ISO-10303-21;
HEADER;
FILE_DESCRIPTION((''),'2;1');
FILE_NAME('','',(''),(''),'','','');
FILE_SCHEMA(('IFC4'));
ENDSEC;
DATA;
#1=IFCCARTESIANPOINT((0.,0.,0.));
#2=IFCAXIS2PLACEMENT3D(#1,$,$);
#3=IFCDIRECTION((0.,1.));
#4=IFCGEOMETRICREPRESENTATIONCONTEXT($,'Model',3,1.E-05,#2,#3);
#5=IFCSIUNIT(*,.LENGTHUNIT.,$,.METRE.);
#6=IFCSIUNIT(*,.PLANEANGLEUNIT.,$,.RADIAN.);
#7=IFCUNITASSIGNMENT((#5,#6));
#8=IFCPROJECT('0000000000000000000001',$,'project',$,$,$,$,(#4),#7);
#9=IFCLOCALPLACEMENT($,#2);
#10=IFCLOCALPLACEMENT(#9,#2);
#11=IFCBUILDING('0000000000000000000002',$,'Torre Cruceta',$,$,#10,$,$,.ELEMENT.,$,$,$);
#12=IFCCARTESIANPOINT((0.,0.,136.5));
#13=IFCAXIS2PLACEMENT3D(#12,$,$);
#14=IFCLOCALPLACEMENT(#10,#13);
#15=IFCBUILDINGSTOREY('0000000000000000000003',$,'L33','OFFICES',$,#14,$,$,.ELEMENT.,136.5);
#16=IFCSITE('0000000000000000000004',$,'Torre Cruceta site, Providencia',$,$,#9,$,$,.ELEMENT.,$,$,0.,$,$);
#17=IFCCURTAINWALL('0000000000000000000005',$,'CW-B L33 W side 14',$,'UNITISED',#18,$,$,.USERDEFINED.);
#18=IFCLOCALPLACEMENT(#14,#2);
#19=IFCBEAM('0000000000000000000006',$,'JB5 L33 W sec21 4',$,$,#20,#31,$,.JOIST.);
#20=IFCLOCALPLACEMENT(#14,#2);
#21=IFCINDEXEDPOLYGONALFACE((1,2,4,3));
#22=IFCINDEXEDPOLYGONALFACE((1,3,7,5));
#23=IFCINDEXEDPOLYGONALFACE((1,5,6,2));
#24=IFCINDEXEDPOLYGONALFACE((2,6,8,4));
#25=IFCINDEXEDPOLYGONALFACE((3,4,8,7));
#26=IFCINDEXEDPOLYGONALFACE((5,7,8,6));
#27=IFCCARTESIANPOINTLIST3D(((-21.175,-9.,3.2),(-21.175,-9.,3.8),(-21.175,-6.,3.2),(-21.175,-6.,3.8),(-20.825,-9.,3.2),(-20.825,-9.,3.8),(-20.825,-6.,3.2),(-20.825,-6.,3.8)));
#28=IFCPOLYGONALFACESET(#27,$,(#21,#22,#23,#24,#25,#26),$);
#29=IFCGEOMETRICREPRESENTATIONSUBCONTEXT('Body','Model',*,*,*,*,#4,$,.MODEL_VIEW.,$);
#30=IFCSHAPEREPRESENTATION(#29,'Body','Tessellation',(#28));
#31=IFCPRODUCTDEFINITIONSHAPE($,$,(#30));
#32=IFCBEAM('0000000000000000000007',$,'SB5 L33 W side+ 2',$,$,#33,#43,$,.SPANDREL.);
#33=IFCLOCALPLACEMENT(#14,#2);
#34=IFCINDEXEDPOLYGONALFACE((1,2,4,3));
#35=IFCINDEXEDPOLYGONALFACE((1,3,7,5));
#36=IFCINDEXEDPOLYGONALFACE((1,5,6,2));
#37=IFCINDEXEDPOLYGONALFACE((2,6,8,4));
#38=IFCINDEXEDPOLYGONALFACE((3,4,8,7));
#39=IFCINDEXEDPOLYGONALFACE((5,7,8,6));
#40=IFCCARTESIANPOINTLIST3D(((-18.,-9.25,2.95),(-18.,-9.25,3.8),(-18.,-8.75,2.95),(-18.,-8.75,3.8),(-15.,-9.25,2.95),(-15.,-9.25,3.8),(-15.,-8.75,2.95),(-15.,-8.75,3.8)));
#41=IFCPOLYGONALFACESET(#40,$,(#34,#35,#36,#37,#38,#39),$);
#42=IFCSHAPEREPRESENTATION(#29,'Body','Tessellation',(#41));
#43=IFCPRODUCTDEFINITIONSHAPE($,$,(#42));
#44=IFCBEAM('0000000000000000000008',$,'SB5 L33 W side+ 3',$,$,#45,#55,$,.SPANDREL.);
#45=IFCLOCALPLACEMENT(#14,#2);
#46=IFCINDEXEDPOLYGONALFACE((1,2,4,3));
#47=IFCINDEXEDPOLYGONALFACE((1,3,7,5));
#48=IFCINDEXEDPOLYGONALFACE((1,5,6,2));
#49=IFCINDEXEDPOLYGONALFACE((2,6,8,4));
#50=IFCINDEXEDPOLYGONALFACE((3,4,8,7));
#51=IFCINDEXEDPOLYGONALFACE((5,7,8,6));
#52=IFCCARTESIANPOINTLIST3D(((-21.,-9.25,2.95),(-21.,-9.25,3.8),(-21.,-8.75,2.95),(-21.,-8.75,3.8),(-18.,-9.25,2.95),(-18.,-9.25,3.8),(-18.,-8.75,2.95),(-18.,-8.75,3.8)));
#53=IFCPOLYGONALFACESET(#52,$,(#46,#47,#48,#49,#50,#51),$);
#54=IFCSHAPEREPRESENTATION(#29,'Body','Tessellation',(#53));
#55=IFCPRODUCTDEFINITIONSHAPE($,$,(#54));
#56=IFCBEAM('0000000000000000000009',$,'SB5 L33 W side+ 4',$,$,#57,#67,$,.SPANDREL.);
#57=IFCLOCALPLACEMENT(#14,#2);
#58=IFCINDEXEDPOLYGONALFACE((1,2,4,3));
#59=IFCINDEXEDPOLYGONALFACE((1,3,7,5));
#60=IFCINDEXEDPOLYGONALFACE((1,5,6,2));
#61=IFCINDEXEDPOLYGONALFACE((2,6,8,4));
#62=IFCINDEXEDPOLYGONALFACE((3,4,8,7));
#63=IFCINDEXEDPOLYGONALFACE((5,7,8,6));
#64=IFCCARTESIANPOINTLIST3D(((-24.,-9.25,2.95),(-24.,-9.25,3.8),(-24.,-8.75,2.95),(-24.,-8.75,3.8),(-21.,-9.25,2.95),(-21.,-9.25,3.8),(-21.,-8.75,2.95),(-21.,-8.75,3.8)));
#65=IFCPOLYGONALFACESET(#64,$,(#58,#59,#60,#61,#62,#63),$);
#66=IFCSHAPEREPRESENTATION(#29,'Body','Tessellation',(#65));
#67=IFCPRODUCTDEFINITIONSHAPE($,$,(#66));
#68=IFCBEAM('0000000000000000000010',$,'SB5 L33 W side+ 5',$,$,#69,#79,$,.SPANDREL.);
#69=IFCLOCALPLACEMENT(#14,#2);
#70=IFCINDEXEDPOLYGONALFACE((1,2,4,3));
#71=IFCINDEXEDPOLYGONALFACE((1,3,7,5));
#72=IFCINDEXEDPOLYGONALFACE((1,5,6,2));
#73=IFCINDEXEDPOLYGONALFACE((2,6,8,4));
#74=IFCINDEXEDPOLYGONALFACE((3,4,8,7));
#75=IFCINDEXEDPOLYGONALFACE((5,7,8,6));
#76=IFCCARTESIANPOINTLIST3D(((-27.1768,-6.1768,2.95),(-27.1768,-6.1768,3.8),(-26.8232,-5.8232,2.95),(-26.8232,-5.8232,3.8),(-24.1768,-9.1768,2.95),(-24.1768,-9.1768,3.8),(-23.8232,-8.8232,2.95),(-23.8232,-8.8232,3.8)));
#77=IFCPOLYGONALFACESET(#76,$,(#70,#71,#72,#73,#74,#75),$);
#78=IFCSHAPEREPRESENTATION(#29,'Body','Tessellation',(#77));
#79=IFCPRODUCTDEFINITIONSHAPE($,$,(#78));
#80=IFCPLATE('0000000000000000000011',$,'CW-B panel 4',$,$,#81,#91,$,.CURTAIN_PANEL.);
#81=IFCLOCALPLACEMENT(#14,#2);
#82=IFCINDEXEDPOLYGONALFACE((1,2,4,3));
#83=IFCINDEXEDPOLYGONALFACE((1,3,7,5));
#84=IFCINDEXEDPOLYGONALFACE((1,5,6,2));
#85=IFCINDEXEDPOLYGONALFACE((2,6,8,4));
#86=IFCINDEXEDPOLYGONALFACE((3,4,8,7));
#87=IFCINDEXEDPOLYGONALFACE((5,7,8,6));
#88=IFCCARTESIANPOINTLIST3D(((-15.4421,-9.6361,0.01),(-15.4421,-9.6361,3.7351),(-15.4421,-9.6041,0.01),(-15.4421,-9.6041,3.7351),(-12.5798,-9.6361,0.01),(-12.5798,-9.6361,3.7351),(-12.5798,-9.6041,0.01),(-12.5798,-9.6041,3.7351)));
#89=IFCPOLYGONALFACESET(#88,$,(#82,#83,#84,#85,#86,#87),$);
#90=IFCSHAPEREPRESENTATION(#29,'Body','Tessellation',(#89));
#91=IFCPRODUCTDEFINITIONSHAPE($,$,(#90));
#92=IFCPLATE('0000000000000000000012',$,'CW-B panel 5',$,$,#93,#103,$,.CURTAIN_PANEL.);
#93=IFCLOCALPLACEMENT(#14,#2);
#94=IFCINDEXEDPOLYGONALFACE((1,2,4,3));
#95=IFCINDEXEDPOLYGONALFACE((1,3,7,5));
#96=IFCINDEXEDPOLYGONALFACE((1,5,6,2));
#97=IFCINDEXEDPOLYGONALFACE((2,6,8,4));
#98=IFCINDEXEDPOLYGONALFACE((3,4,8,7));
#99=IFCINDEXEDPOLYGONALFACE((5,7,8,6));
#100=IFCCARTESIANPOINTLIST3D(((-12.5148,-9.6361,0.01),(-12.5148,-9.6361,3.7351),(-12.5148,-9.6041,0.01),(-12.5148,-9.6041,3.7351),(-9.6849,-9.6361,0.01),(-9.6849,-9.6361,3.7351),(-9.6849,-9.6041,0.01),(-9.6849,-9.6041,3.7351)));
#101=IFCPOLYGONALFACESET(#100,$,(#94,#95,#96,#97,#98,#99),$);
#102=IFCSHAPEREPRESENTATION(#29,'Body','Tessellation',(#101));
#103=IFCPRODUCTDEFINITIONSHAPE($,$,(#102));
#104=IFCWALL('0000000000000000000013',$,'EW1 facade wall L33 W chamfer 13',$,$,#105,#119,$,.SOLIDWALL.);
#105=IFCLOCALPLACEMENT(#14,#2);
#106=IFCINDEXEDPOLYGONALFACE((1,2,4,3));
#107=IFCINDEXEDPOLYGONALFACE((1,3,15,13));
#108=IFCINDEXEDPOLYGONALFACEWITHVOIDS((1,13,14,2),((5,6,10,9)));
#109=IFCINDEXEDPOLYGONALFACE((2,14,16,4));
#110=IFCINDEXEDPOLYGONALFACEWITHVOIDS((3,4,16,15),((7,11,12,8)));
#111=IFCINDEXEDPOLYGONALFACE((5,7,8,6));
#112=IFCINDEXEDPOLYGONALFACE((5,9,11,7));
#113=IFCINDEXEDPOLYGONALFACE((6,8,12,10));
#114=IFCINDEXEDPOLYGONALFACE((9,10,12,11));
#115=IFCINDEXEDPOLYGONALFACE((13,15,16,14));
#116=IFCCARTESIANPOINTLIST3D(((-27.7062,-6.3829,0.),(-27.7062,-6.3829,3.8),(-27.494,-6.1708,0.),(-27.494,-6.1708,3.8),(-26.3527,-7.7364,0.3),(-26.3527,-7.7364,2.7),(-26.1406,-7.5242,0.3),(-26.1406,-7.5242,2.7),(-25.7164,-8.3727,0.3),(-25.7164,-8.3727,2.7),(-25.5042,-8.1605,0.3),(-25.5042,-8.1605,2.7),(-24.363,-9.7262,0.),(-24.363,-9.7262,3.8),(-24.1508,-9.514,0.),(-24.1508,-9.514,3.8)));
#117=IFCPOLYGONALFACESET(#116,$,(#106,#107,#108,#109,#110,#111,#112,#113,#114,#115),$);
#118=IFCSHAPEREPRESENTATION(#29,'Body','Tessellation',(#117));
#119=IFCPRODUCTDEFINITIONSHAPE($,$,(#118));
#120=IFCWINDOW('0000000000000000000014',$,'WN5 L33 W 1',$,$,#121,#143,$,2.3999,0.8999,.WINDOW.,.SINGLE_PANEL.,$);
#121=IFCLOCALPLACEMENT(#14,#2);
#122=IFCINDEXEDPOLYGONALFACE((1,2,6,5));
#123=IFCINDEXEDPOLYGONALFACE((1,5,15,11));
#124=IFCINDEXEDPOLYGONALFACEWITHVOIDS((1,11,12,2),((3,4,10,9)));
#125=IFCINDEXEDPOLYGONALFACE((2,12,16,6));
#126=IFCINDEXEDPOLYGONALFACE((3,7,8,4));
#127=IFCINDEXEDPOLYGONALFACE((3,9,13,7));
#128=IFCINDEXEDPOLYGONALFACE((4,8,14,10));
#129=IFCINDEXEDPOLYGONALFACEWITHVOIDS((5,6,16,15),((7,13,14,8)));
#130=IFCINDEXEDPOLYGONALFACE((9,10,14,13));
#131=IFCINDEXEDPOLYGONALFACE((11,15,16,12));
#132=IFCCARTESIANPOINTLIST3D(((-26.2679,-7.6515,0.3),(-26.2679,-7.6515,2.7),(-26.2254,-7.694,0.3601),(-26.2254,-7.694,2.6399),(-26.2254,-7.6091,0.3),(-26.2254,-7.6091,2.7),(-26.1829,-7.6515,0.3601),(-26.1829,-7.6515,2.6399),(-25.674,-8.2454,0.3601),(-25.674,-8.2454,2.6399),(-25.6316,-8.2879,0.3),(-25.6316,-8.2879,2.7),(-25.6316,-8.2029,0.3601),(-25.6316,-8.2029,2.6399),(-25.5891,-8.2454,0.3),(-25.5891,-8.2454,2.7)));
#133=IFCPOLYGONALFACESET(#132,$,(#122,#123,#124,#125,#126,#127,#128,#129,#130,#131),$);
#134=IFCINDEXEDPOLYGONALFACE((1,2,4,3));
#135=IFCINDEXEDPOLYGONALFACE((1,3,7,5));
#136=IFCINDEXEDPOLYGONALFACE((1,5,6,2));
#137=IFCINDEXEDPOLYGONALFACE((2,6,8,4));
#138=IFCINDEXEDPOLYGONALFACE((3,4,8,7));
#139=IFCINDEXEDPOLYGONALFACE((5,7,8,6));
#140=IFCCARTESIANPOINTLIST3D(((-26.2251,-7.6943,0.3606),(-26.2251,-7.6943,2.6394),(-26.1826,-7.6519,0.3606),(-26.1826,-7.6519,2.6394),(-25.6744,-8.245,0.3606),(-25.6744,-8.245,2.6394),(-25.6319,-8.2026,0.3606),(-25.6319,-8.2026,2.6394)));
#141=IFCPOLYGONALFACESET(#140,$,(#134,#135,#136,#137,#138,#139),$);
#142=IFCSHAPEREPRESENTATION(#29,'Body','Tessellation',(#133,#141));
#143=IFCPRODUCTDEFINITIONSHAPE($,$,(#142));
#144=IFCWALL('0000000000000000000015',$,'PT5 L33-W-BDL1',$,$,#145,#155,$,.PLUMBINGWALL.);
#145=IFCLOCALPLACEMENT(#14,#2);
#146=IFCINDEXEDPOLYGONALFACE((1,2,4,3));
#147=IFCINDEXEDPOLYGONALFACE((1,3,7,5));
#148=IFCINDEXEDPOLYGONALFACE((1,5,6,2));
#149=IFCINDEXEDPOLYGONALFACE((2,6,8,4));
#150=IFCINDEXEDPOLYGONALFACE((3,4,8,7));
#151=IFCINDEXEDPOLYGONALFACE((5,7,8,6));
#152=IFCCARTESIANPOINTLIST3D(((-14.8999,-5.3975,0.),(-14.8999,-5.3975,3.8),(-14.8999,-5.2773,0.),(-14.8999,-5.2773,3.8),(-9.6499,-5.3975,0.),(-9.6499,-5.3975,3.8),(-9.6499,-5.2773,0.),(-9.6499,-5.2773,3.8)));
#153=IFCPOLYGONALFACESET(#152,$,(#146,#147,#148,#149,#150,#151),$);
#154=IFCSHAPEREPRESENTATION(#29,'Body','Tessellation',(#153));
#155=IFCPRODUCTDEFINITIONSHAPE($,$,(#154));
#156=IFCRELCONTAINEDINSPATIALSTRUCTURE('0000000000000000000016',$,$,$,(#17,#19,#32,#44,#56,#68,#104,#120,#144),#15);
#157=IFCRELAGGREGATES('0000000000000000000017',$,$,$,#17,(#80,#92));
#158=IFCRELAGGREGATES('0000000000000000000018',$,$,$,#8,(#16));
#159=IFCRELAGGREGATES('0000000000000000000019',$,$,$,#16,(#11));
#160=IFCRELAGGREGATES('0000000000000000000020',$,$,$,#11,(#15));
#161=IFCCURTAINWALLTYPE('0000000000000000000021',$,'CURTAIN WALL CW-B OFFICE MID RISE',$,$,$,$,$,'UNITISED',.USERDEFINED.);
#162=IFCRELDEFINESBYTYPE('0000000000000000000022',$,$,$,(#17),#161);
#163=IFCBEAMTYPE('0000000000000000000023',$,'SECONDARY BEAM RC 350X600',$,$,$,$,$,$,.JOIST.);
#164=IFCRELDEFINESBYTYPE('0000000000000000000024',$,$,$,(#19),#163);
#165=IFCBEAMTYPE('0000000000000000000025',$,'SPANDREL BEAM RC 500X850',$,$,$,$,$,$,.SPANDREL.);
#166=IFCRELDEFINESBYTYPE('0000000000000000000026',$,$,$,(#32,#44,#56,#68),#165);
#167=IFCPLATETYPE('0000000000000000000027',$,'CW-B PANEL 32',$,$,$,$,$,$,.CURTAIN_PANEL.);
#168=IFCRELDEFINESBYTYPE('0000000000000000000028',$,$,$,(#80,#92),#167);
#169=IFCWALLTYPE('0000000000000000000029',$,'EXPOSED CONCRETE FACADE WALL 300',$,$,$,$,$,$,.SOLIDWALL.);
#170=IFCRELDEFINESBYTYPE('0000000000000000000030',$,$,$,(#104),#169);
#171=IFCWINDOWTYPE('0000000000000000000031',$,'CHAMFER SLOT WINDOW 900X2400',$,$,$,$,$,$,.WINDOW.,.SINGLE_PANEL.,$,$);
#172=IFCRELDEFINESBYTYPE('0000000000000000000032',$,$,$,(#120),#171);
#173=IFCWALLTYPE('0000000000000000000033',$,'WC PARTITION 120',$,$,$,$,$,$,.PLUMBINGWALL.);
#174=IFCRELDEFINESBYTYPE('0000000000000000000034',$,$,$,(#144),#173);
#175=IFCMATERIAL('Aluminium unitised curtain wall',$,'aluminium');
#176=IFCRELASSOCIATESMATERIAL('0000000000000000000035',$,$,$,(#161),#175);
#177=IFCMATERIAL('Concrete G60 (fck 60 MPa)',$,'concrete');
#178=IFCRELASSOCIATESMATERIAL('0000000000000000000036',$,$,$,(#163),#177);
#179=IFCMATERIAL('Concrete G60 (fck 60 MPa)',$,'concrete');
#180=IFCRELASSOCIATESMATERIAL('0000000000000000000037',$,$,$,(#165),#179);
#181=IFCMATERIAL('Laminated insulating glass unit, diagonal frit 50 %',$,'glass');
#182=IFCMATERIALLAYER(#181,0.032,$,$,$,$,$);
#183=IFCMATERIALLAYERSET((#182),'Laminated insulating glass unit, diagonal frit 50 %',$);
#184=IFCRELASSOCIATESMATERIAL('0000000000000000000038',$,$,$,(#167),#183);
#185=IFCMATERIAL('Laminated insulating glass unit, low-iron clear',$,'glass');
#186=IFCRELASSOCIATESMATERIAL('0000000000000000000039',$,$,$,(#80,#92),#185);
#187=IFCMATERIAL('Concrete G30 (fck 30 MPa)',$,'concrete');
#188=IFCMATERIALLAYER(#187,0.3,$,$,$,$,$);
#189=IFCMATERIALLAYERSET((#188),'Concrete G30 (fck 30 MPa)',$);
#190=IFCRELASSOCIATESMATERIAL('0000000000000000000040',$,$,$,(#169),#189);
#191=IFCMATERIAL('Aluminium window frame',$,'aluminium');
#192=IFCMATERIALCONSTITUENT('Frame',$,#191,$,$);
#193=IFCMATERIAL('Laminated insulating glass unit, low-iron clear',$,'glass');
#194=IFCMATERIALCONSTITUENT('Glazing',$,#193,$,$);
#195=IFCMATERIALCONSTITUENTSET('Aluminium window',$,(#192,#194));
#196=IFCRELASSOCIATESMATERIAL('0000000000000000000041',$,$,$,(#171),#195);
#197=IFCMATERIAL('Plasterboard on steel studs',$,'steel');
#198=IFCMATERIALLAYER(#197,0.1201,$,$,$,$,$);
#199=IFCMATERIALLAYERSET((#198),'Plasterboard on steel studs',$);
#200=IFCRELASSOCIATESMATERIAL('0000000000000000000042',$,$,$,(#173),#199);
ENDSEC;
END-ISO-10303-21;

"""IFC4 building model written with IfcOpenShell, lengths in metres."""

from ifc_helpers import new_model, si_unit, direction, frame, frame_2d, origin, origin_2d, place, context, subcontext, project, spatial, rectangle, hollow_rectangle, extrude, material, layer, layer_set, constituent, constituent_set, material_profile, profile_set, type_object, element, fill, aggregate, save


model = new_model("IFC4")

# Units and contexts
model_context = context("Model", 3, precision=1e-05, world=origin(), true_north=direction((0.0, 1.0)))
body_context = subcontext(model_context, "Body", "Model", "MODEL_VIEW")
ifc_project = project(units=[si_unit("LENGTHUNIT", "METRE"), si_unit("PLANEANGLEUNIT", "RADIAN")], contexts=[model_context])

# Site, building, storey
site_placement = place(None, origin())
site = spatial("IfcSite", under=ifc_project, at=site_placement, Name="Torre Cruceta site, Providencia", CompositionType="ELEMENT", RefElevation=0.0)
building_placement = place(site_placement, origin())
building = spatial("IfcBuilding", under=site, at=building_placement, Name="Torre Cruceta", CompositionType="ELEMENT")
storey_placement = place(building_placement, frame((0.0, 0.0, 136.5)))
storey = spatial("IfcBuildingStorey", under=building, at=storey_placement, Name="L33", Description="OFFICES", CompositionType="ELEMENT", Elevation=136.5)

# Curtain wall
ifc_material_1 = material(Name="Aluminium unitised curtain wall", Category="aluminium")
curtain_wall_type = type_object("IfcCurtainWallType", Name="CURTAIN WALL CW-B OFFICE MID RISE", ElementType="UNITISED", PredefinedType="USERDEFINED", material=ifc_material_1)
curtain_wall_placement = place(storey_placement, origin())
curtain_wall = element("IfcCurtainWall", 1, at=curtain_wall_placement, inside=storey, type_object=curtain_wall_type, Name="CW-B L33 W side 14", ObjectType="UNITISED", PredefinedType="USERDEFINED")

# Beams
ifc_material_2 = material(Name="Concrete G60 (fck 60 MPa)", Category="concrete")
ifc_material_profile_1 = material_profile(ifc_material_2, rectangle(XDim=0.3501, YDim=0.6001, at=origin_2d()), Name="RC 350X600")
ifc_profile_set_1 = profile_set([ifc_material_profile_1], Name="Concrete G60 (fck 60 MPa)")
beam_type_1 = type_object("IfcBeamType", Name="SECONDARY BEAM RC 350X600", PredefinedType="JOIST", material=ifc_profile_set_1)
beam_1_placement = place(storey_placement, frame((-21.0, -6.0, 3.5), z_axis=(0.0, -1.0, 0.0), x_axis=(1.0, 0.0, 0.0)))
element("IfcBeam", 2, at=beam_1_placement, inside=storey, type_object=beam_type_1, Name="JB5 L33 W sec21 4", PredefinedType="JOIST", context=body_context, shape_type="SweptSolid", body=[
    extrude(rectangle(XDim=0.3501, YDim=0.6001, at=origin_2d()), origin(), (0.0, 0.0, 1.0), 3.0),
])
ifc_material_3 = material(Name="Concrete G60 (fck 60 MPa)", Category="concrete")
ifc_material_profile_2 = material_profile(ifc_material_3, rectangle(XDim=0.5, YDim=0.8501, at=origin_2d()), Name="RC 500X850")
ifc_profile_set_2 = profile_set([ifc_material_profile_2], Name="Concrete G60 (fck 60 MPa)")
beam_type_2 = type_object("IfcBeamType", Name="SPANDREL BEAM RC 500X850", PredefinedType="SPANDREL", material=ifc_profile_set_2)
for number, where, z_axis, x_axis, name in (
    (3, (-15.0, -9.0, 3.375), (-1.0, 0.0, 0.0), (0.0, -1.0, 0.0), "SB5 L33 W side+ 2"),
    (4, (-18.0, -9.0, 3.375), (-1.0, 0.0, 0.0), (0.0, -1.0, 0.0), "SB5 L33 W side+ 3"),
    (5, (-21.0, -9.0, 3.375), (-1.0, 0.0, 0.0), (0.0, -1.0, 0.0), "SB5 L33 W side+ 4"),
):
    element("IfcBeam", number, at=place(storey_placement, frame(where, z_axis=z_axis, x_axis=x_axis)), inside=storey, type_object=beam_type_2, Name=name, PredefinedType="SPANDREL", context=body_context, shape_type="SweptSolid", body=[
        extrude(rectangle(XDim=0.5, YDim=0.8501, at=origin_2d()), origin(), (0.0, 0.0, 1.0), 3.0),
    ])
beam_2_placement = place(storey_placement, frame((-24.0, -9.0, 3.375), z_axis=(-0.707107, 0.707107, 0.0), x_axis=(-0.707107, -0.707107, 0.0)))
element("IfcBeam", 6, at=beam_2_placement, inside=storey, type_object=beam_type_2, Name="SB5 L33 W side+ 5", PredefinedType="SPANDREL", context=body_context, shape_type="SweptSolid", body=[
    extrude(rectangle(XDim=0.5, YDim=0.8501, at=origin_2d()), origin(), (0.0, 0.0, 1.0), 4.2427),
])

# Plates
ifc_material_4 = material(Name="Laminated insulating glass unit, low-iron clear", Category="glass")
ifc_material_5 = material(Name="Laminated insulating glass unit, diagonal frit 50 %", Category="glass")
ifc_layer_1 = layer(ifc_material_5, 0.032)
ifc_layer_set_1 = layer_set([ifc_layer_1], Name="Laminated insulating glass unit, diagonal frit 50 %")
plate_type = type_object("IfcPlateType", Name="CW-B PANEL 32", PredefinedType="CURTAIN_PANEL", material=ifc_layer_set_1)
plate_1_placement = place(storey_placement, frame((-14.011, -9.6201, 0.01), z_axis=(0.0, 0.0, 1.0), x_axis=(1.0, 0.0, 0.0)))
plate_1 = element("IfcPlate", 7, at=plate_1_placement, type_object=plate_type, material=ifc_material_4, Name="CW-B panel 4", PredefinedType="CURTAIN_PANEL", context=body_context, shape_type="SweptSolid", body=[
    extrude(rectangle(XDim=2.8623, YDim=0.032, at=origin_2d()), origin(), (0.0, 0.0, 1.0), 3.7251),
])
plate_2_placement = place(storey_placement, frame((-11.0999, -9.6201, 0.01), z_axis=(0.0, 0.0, 1.0), x_axis=(1.0, 0.0, 0.0)))
plate_2 = element("IfcPlate", 8, at=plate_2_placement, type_object=plate_type, material=ifc_material_4, Name="CW-B panel 5", PredefinedType="CURTAIN_PANEL", context=body_context, shape_type="SweptSolid", body=[
    extrude(rectangle(XDim=2.8298, YDim=0.032, at=origin_2d()), origin(), (0.0, 0.0, 1.0), 3.7251),
])
aggregate(curtain_wall, [plate_1, plate_2])

# Wall, opening, window
ifc_material_6 = material(Name="Concrete G30 (fck 30 MPa)", Category="concrete")
ifc_layer_2 = layer(ifc_material_6, 0.3)
ifc_layer_set_2 = layer_set([ifc_layer_2], Name="Concrete G30 (fck 30 MPa)")
wall_type_1 = type_object("IfcWallType", Name="EXPOSED CONCRETE FACADE WALL 300", PredefinedType="SOLIDWALL", material=ifc_layer_set_2)
wall_1_placement = place(storey_placement, frame((-27.6001, -6.2769, 0.0), z_axis=(0.0, 0.0, 1.0), x_axis=(0.707107, -0.707107, 0.0)))
wall_1 = element("IfcWall", 9, at=wall_1_placement, inside=storey, type_object=wall_type_1, Name="EW1 facade wall L33 W chamfer 13", PredefinedType="SOLIDWALL", context=body_context, shape_type="SweptSolid", body=[
    extrude(rectangle(XDim=4.728, YDim=0.3, at=frame_2d((2.364, 0.0))), origin(), (0.0, 0.0, 1.0), 3.8),
])
opening_placement = place(wall_1_placement, frame((1.9141, 0.0, 0.3)))
opening = element("IfcOpeningElement", 10, at=opening_placement, cuts=wall_1, PredefinedType="OPENING", context=body_context, shape_type="SweptSolid", body=[
    extrude(rectangle(XDim=0.8999, YDim=2.3999, at=frame_2d((0.45, 1.2))), frame((0.0, 0.1599, 0.0), z_axis=(0.0, -1.0, 0.0), x_axis=(1.0, 0.0, 0.0)), (0.0, 0.0, 1.0), 0.3201),
])
ifc_material_7 = material(Name="Aluminium window frame", Category="aluminium")
ifc_constituent_1 = constituent(ifc_material_7, Name="Frame")
ifc_material_8 = material(Name="Laminated insulating glass unit, low-iron clear", Category="glass")
ifc_constituent_2 = constituent(ifc_material_8, Name="Glazing")
ifc_constituent_set = constituent_set(constituents=[ifc_constituent_1, ifc_constituent_2], Name="Aluminium window")
window_type = type_object("IfcWindowType", Name="CHAMFER SLOT WINDOW 900X2400", PartitioningType="SINGLE_PANEL", PredefinedType="WINDOW", material=ifc_constituent_set)
window_placement = place(opening_placement, origin())
window = element("IfcWindow", 11, at=window_placement, inside=storey, type_object=window_type, Name="WN5 L33 W 1", OverallHeight=2.3999, OverallWidth=0.8999, PartitioningType="SINGLE_PANEL", PredefinedType="WINDOW", context=body_context, shape_type="SweptSolid", body=[
    extrude(hollow_rectangle(XDim=0.8999, YDim=2.3999, WallThickness=0.0601, at=frame_2d((0.45, 1.2))), frame((0.0, 0.03, 0.0), z_axis=(0.0, -1.0, 0.0), x_axis=(1.0, 0.0, 0.0)), (0.0, 0.0, 1.0), 0.0601),
    extrude(rectangle(XDim=0.7788, YDim=2.2788, at=frame_2d((0.45, 1.2))), frame((0.0, 0.03, 0.0), z_axis=(0.0, -1.0, 0.0), x_axis=(1.0, 0.0, 0.0)), (0.0, 0.0, 1.0), 0.0601),
])
fill(opening, window)

# Wall
ifc_material_9 = material(Name="Plasterboard on steel studs", Category="steel")
ifc_layer_3 = layer(ifc_material_9, 0.1201)
ifc_layer_set_3 = layer_set([ifc_layer_3], Name="Plasterboard on steel studs")
wall_type_2 = type_object("IfcWallType", Name="WC PARTITION 120", PredefinedType="PLUMBINGWALL", material=ifc_layer_set_3)
wall_2_placement = place(storey_placement, frame((-9.6499, -5.3374, 0.0), z_axis=(0.0, 0.0, 1.0), x_axis=(-1.0, 0.0, 0.0)))
element("IfcWall", 12, at=wall_2_placement, inside=storey, type_object=wall_type_2, Name="PT5 L33-W-BDL1", PredefinedType="PLUMBINGWALL", context=body_context, shape_type="SweptSolid", body=[
    extrude(rectangle(XDim=5.25, YDim=0.1201, at=frame_2d((2.625, 0.0))), origin(), (0.0, 0.0, 1.0), 3.8),
])

save(model, "model.ifc")
